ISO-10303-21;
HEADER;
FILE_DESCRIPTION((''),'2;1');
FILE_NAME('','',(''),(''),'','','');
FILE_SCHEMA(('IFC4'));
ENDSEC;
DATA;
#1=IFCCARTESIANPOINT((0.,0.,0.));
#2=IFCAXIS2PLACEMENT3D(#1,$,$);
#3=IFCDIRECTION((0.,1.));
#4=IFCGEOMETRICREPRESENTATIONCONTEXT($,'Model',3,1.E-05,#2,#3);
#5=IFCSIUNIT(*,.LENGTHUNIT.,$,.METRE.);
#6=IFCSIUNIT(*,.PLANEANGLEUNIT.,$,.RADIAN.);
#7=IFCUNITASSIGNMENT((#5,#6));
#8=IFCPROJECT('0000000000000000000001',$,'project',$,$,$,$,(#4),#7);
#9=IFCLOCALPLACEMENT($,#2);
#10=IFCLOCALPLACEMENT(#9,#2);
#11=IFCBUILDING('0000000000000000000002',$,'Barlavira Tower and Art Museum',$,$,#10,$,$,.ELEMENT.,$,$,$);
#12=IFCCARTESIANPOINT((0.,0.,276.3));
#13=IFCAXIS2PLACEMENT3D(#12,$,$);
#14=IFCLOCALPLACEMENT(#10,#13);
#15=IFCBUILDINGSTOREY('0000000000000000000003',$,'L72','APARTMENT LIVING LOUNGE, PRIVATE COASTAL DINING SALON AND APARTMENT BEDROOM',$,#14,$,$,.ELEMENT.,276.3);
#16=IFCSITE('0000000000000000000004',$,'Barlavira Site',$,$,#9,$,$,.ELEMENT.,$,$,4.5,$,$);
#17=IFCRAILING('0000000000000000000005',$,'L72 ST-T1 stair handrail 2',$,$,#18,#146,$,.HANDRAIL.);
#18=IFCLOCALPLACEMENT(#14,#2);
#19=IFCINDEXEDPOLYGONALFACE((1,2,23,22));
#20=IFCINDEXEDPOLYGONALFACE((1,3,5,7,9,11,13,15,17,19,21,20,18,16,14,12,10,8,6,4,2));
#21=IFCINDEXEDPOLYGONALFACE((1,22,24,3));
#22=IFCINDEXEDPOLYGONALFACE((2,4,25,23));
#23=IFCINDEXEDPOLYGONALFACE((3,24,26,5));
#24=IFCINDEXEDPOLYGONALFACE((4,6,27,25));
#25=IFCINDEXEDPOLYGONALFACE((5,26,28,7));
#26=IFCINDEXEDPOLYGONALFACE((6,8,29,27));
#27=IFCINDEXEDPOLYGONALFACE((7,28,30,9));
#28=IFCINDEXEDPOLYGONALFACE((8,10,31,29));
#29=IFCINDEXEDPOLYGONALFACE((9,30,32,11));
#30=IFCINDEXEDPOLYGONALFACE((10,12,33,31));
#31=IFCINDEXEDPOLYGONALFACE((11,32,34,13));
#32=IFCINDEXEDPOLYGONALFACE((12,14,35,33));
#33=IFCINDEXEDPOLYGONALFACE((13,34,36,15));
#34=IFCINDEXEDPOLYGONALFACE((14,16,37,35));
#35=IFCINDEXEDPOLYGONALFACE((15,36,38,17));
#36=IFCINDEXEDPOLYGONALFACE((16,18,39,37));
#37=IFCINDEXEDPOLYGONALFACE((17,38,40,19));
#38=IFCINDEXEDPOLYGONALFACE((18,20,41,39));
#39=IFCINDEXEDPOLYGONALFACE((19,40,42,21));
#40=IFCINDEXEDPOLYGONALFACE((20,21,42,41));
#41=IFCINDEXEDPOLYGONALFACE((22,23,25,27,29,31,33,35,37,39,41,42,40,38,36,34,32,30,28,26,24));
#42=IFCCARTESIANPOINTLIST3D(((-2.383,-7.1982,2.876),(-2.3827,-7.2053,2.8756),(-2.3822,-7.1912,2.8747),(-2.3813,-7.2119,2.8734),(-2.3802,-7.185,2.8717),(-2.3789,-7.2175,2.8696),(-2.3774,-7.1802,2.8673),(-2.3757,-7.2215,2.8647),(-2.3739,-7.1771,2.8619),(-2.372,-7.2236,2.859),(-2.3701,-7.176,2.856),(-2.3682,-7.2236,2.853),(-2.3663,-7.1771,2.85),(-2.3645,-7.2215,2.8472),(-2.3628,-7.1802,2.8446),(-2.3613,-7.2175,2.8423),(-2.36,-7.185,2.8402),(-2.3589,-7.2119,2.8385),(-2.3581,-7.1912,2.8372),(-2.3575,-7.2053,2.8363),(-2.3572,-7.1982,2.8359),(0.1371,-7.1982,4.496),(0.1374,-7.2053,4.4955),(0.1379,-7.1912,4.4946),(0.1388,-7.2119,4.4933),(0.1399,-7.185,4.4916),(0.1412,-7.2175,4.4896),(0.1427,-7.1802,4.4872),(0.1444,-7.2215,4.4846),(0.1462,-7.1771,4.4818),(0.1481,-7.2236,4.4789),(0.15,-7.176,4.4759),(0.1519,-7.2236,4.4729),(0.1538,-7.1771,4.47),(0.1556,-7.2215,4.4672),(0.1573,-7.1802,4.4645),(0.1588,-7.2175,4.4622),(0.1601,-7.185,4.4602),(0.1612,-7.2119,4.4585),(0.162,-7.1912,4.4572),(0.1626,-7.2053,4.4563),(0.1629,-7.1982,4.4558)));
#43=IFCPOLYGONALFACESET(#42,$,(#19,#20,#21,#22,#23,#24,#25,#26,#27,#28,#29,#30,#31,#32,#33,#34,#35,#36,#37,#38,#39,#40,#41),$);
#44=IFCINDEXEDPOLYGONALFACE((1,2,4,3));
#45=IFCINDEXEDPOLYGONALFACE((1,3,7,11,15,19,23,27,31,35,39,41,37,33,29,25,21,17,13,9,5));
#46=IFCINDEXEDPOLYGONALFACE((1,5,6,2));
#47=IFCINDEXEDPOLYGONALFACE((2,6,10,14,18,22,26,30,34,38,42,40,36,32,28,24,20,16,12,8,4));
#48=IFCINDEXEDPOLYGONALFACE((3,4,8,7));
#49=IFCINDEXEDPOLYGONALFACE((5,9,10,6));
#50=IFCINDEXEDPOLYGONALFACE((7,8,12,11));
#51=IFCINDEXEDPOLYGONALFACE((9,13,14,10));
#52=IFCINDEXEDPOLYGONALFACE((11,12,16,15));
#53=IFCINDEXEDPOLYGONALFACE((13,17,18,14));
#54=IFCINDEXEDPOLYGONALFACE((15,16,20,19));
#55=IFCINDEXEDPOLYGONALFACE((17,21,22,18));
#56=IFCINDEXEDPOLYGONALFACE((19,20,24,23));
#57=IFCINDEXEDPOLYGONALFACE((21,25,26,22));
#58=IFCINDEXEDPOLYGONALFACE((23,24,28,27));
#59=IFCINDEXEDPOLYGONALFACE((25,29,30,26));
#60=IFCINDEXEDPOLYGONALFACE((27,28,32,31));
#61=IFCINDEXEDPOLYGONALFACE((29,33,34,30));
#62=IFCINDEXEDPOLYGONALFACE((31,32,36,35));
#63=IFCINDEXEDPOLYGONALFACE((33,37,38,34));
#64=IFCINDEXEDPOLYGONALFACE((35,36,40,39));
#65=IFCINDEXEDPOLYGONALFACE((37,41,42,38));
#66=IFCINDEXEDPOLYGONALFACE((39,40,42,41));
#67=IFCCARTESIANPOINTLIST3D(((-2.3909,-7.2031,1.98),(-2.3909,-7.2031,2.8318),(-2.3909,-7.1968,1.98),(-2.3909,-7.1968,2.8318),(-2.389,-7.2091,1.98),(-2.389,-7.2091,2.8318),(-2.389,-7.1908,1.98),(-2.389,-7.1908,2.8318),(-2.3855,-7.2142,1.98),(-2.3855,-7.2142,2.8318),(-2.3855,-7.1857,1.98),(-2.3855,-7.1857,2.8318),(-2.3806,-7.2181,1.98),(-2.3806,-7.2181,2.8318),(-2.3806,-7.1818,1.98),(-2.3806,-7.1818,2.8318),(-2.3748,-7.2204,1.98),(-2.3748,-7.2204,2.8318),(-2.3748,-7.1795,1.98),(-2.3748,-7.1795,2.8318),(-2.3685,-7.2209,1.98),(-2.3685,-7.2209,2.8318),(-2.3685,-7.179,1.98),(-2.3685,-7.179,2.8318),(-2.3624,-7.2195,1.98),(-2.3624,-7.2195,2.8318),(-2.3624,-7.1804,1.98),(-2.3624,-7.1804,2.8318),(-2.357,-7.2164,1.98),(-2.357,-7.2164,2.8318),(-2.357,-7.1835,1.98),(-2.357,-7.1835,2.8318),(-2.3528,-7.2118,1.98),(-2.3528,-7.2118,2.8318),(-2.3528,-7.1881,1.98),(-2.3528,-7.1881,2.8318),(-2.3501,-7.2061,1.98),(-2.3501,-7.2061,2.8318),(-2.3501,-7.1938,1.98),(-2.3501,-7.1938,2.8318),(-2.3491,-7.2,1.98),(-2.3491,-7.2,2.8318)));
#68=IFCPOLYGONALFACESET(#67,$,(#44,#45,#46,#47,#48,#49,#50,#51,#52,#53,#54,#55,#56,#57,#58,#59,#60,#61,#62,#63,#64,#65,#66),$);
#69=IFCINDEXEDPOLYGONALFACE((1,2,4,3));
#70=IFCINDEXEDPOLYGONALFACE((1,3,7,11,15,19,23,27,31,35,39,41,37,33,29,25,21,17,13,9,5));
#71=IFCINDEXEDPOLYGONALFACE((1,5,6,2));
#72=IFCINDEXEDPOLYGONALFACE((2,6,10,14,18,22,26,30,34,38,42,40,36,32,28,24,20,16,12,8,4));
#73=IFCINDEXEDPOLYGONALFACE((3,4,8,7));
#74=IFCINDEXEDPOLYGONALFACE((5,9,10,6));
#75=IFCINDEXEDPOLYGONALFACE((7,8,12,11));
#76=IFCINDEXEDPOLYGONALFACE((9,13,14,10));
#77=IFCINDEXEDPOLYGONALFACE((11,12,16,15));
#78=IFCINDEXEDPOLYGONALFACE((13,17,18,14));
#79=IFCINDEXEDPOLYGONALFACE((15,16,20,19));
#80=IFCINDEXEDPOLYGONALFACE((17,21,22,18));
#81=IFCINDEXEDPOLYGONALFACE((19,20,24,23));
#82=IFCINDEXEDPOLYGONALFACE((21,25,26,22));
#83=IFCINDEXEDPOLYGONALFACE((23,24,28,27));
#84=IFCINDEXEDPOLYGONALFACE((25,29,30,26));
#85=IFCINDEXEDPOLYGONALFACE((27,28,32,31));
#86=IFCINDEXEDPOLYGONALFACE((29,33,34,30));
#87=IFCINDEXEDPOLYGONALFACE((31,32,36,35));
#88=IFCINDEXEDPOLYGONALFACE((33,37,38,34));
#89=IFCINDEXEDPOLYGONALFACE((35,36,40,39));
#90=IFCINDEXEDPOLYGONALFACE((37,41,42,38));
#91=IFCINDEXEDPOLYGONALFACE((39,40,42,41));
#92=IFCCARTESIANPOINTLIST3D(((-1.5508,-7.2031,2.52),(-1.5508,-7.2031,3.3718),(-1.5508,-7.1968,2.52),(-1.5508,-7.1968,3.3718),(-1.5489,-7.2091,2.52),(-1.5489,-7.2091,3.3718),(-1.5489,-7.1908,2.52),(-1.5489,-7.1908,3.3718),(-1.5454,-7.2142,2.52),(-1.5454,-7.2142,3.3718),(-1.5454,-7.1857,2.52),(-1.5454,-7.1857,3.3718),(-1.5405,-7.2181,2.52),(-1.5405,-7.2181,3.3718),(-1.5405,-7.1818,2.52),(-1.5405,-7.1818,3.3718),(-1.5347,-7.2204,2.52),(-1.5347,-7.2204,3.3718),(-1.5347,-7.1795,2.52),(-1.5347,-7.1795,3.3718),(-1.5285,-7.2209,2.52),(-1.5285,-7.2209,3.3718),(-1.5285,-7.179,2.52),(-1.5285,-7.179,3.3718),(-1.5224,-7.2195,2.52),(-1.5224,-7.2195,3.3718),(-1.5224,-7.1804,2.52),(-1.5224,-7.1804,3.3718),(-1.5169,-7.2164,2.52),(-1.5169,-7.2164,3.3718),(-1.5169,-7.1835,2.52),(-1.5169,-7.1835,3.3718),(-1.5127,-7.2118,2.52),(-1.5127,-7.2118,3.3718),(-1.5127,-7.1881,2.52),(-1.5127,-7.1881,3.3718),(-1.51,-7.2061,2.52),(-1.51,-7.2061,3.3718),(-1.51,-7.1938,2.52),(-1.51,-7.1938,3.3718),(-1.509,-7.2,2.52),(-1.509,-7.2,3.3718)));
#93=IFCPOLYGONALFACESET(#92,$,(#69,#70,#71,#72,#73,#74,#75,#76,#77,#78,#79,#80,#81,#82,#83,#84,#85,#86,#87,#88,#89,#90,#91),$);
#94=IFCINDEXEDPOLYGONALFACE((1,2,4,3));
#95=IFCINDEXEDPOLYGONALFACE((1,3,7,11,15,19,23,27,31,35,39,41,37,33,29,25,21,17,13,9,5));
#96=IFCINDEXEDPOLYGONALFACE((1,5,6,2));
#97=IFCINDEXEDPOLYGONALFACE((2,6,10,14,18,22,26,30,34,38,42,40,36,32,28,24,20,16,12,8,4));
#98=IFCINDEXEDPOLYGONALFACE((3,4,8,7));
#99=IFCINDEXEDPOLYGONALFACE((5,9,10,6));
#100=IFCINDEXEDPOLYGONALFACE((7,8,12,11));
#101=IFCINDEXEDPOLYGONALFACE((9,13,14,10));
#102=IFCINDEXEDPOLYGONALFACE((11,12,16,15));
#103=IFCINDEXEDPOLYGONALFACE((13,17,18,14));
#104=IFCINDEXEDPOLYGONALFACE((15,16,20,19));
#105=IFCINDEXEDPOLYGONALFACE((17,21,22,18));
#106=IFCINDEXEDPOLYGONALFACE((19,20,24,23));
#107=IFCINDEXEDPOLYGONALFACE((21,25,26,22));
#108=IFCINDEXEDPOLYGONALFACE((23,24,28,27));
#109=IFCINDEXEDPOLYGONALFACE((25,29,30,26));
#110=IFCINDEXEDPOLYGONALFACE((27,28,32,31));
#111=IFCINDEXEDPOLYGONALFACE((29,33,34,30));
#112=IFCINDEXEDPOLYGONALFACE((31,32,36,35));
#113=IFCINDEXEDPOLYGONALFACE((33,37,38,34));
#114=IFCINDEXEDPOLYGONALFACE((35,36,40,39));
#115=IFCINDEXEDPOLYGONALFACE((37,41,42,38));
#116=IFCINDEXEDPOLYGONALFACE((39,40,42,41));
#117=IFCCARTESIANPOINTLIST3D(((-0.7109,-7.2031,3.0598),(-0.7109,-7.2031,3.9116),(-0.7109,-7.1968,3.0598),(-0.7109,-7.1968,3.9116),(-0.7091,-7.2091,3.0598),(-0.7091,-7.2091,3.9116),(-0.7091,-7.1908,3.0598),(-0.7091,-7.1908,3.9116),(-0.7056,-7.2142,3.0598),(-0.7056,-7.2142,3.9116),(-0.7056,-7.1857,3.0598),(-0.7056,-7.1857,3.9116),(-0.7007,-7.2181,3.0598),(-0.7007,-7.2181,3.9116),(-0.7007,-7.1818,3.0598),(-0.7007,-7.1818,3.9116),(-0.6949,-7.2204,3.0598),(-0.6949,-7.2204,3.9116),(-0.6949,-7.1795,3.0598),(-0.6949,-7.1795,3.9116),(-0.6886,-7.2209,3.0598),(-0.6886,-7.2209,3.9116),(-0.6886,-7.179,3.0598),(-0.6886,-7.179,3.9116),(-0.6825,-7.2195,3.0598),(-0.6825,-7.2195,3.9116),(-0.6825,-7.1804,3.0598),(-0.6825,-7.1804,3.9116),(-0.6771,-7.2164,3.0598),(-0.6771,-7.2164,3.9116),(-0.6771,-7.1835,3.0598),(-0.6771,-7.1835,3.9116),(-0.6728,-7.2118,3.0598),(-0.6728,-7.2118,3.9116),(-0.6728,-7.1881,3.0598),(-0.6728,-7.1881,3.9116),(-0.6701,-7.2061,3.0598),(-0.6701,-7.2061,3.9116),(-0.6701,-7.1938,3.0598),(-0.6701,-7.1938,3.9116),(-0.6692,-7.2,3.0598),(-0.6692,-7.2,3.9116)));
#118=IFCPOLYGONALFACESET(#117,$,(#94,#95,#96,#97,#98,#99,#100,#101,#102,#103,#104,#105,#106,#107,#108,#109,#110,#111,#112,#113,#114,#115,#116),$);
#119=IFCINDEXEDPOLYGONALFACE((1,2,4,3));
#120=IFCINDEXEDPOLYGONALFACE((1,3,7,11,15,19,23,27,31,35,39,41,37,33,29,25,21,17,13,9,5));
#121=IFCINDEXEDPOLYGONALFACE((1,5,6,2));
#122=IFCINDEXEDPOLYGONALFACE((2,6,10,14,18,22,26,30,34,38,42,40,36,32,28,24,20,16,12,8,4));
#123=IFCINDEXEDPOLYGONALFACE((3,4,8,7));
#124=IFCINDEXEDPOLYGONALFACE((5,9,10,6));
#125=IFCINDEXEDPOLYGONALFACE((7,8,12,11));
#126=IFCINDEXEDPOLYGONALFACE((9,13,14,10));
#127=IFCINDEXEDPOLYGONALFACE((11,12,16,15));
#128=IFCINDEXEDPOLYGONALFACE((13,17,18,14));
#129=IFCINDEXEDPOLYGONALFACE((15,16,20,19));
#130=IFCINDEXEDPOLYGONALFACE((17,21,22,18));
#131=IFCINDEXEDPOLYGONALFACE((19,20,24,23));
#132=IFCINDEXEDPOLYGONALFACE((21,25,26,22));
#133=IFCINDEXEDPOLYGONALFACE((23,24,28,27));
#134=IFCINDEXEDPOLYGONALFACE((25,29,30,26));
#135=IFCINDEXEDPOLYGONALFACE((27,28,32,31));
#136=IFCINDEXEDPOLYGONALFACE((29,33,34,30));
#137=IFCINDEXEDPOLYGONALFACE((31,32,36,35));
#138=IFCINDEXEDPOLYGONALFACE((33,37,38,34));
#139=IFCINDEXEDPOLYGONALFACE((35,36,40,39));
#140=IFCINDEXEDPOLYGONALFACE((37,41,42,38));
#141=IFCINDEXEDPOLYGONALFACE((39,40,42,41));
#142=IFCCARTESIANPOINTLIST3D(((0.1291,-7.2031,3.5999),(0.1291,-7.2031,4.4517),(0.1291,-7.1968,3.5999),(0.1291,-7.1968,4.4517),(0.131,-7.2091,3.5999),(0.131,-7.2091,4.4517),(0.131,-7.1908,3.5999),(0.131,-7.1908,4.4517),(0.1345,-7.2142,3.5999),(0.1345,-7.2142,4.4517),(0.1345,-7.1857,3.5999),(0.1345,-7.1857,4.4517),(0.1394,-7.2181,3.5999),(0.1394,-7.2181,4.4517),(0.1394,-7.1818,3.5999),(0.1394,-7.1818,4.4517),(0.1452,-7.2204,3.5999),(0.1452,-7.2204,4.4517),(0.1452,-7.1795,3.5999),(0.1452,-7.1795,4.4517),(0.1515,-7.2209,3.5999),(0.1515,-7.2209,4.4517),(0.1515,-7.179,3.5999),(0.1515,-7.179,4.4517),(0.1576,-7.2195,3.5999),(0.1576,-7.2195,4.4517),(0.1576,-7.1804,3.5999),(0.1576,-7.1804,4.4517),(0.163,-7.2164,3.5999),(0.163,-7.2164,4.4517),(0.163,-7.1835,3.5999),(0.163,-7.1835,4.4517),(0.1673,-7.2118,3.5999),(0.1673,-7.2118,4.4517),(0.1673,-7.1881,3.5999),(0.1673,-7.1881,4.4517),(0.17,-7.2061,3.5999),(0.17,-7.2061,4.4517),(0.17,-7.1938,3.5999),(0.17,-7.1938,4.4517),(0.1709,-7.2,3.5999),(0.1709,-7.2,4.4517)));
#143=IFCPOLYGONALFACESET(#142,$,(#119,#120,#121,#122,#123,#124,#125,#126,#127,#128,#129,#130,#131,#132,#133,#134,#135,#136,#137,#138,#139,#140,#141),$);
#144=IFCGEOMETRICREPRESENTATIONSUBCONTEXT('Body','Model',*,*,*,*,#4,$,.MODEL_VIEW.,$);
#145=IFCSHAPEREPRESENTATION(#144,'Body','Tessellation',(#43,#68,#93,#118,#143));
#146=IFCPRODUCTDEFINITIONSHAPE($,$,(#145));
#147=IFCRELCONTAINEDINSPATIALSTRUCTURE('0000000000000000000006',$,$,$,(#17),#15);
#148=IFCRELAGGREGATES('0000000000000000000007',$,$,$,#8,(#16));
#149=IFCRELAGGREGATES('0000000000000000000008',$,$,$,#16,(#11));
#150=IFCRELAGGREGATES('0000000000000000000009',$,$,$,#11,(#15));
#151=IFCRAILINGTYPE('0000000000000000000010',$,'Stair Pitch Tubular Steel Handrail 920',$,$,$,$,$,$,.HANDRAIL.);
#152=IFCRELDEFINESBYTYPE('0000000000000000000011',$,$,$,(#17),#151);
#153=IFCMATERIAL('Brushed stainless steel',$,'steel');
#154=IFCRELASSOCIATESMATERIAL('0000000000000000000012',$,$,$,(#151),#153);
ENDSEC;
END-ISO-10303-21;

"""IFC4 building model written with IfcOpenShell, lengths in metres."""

from ifc_helpers import new_model, si_unit, direction, frame, origin, origin_2d, place, context, subcontext, project, spatial, circle, extrude, material, type_object, element, save


model = new_model("IFC4")

# Units and contexts
model_context = context("Model", 3, precision=1e-05, world=origin(), true_north=direction((0.0, 1.0)))
body_context = subcontext(model_context, "Body", "Model", "MODEL_VIEW")
ifc_project = project(units=[si_unit("LENGTHUNIT", "METRE"), si_unit("PLANEANGLEUNIT", "RADIAN")], contexts=[model_context])

# Site, building, storey
site_placement = place(None, origin())
site = spatial("IfcSite", under=ifc_project, at=site_placement, Name="Barlavira Site", CompositionType="ELEMENT", RefElevation=4.5)
building_placement = place(site_placement, origin())
building = spatial("IfcBuilding", under=site, at=building_placement, Name="Barlavira Tower and Art Museum", CompositionType="ELEMENT")
storey_placement = place(building_placement, frame((0.0, 0.0, 276.3)))
storey = spatial("IfcBuildingStorey", under=building, at=storey_placement, Name="L72", Description="APARTMENT LIVING LOUNGE, PRIVATE COASTAL DINING SALON AND APARTMENT BEDROOM", CompositionType="ELEMENT", Elevation=276.3)

# Shared definitions
ifc_material_1 = material(Name="Brushed stainless steel", Category="steel")

# Railing
railing_type_1 = type_object("IfcRailingType", Name="Stair Pitch Tubular Steel Handrail 920", PredefinedType="HANDRAIL", material=ifc_material_1)
railing_1_placement = place(storey_placement, frame((-2.3701, -7.2, 1.98)))
element("IfcRailing", 1, at=railing_1_placement, inside=storey, type_object=railing_type_1, Name="L72 ST-T1 stair handrail 2", PredefinedType="HANDRAIL", context=body_context, shape_type="SweptSolid", body=[
    extrude(circle(Radius=0.0239, at=origin_2d()), frame((0.0, 0.0, 0.876), z_axis=(0.8412, 0.0, 0.540725), x_axis=(0.0, 1.0, 0.0)), (0.0, 0.0, 1.0), 2.9958),
    extrude(circle(Radius=0.021, at=origin_2d()), origin(), (0.0, 0.0, 1.0), 0.8518),
    extrude(circle(Radius=0.021, at=origin_2d()), frame((0.8401, 0.0, 0.54)), (0.0, 0.0, 1.0), 0.8518),
    extrude(circle(Radius=0.021, at=origin_2d()), frame((1.6799, 0.0, 1.0798)), (0.0, 0.0, 1.0), 0.8518),
    extrude(circle(Radius=0.021, at=origin_2d()), frame((2.52, 0.0, 1.6199)), (0.0, 0.0, 1.0), 0.8518),
])

save(model, "model.ifc")
